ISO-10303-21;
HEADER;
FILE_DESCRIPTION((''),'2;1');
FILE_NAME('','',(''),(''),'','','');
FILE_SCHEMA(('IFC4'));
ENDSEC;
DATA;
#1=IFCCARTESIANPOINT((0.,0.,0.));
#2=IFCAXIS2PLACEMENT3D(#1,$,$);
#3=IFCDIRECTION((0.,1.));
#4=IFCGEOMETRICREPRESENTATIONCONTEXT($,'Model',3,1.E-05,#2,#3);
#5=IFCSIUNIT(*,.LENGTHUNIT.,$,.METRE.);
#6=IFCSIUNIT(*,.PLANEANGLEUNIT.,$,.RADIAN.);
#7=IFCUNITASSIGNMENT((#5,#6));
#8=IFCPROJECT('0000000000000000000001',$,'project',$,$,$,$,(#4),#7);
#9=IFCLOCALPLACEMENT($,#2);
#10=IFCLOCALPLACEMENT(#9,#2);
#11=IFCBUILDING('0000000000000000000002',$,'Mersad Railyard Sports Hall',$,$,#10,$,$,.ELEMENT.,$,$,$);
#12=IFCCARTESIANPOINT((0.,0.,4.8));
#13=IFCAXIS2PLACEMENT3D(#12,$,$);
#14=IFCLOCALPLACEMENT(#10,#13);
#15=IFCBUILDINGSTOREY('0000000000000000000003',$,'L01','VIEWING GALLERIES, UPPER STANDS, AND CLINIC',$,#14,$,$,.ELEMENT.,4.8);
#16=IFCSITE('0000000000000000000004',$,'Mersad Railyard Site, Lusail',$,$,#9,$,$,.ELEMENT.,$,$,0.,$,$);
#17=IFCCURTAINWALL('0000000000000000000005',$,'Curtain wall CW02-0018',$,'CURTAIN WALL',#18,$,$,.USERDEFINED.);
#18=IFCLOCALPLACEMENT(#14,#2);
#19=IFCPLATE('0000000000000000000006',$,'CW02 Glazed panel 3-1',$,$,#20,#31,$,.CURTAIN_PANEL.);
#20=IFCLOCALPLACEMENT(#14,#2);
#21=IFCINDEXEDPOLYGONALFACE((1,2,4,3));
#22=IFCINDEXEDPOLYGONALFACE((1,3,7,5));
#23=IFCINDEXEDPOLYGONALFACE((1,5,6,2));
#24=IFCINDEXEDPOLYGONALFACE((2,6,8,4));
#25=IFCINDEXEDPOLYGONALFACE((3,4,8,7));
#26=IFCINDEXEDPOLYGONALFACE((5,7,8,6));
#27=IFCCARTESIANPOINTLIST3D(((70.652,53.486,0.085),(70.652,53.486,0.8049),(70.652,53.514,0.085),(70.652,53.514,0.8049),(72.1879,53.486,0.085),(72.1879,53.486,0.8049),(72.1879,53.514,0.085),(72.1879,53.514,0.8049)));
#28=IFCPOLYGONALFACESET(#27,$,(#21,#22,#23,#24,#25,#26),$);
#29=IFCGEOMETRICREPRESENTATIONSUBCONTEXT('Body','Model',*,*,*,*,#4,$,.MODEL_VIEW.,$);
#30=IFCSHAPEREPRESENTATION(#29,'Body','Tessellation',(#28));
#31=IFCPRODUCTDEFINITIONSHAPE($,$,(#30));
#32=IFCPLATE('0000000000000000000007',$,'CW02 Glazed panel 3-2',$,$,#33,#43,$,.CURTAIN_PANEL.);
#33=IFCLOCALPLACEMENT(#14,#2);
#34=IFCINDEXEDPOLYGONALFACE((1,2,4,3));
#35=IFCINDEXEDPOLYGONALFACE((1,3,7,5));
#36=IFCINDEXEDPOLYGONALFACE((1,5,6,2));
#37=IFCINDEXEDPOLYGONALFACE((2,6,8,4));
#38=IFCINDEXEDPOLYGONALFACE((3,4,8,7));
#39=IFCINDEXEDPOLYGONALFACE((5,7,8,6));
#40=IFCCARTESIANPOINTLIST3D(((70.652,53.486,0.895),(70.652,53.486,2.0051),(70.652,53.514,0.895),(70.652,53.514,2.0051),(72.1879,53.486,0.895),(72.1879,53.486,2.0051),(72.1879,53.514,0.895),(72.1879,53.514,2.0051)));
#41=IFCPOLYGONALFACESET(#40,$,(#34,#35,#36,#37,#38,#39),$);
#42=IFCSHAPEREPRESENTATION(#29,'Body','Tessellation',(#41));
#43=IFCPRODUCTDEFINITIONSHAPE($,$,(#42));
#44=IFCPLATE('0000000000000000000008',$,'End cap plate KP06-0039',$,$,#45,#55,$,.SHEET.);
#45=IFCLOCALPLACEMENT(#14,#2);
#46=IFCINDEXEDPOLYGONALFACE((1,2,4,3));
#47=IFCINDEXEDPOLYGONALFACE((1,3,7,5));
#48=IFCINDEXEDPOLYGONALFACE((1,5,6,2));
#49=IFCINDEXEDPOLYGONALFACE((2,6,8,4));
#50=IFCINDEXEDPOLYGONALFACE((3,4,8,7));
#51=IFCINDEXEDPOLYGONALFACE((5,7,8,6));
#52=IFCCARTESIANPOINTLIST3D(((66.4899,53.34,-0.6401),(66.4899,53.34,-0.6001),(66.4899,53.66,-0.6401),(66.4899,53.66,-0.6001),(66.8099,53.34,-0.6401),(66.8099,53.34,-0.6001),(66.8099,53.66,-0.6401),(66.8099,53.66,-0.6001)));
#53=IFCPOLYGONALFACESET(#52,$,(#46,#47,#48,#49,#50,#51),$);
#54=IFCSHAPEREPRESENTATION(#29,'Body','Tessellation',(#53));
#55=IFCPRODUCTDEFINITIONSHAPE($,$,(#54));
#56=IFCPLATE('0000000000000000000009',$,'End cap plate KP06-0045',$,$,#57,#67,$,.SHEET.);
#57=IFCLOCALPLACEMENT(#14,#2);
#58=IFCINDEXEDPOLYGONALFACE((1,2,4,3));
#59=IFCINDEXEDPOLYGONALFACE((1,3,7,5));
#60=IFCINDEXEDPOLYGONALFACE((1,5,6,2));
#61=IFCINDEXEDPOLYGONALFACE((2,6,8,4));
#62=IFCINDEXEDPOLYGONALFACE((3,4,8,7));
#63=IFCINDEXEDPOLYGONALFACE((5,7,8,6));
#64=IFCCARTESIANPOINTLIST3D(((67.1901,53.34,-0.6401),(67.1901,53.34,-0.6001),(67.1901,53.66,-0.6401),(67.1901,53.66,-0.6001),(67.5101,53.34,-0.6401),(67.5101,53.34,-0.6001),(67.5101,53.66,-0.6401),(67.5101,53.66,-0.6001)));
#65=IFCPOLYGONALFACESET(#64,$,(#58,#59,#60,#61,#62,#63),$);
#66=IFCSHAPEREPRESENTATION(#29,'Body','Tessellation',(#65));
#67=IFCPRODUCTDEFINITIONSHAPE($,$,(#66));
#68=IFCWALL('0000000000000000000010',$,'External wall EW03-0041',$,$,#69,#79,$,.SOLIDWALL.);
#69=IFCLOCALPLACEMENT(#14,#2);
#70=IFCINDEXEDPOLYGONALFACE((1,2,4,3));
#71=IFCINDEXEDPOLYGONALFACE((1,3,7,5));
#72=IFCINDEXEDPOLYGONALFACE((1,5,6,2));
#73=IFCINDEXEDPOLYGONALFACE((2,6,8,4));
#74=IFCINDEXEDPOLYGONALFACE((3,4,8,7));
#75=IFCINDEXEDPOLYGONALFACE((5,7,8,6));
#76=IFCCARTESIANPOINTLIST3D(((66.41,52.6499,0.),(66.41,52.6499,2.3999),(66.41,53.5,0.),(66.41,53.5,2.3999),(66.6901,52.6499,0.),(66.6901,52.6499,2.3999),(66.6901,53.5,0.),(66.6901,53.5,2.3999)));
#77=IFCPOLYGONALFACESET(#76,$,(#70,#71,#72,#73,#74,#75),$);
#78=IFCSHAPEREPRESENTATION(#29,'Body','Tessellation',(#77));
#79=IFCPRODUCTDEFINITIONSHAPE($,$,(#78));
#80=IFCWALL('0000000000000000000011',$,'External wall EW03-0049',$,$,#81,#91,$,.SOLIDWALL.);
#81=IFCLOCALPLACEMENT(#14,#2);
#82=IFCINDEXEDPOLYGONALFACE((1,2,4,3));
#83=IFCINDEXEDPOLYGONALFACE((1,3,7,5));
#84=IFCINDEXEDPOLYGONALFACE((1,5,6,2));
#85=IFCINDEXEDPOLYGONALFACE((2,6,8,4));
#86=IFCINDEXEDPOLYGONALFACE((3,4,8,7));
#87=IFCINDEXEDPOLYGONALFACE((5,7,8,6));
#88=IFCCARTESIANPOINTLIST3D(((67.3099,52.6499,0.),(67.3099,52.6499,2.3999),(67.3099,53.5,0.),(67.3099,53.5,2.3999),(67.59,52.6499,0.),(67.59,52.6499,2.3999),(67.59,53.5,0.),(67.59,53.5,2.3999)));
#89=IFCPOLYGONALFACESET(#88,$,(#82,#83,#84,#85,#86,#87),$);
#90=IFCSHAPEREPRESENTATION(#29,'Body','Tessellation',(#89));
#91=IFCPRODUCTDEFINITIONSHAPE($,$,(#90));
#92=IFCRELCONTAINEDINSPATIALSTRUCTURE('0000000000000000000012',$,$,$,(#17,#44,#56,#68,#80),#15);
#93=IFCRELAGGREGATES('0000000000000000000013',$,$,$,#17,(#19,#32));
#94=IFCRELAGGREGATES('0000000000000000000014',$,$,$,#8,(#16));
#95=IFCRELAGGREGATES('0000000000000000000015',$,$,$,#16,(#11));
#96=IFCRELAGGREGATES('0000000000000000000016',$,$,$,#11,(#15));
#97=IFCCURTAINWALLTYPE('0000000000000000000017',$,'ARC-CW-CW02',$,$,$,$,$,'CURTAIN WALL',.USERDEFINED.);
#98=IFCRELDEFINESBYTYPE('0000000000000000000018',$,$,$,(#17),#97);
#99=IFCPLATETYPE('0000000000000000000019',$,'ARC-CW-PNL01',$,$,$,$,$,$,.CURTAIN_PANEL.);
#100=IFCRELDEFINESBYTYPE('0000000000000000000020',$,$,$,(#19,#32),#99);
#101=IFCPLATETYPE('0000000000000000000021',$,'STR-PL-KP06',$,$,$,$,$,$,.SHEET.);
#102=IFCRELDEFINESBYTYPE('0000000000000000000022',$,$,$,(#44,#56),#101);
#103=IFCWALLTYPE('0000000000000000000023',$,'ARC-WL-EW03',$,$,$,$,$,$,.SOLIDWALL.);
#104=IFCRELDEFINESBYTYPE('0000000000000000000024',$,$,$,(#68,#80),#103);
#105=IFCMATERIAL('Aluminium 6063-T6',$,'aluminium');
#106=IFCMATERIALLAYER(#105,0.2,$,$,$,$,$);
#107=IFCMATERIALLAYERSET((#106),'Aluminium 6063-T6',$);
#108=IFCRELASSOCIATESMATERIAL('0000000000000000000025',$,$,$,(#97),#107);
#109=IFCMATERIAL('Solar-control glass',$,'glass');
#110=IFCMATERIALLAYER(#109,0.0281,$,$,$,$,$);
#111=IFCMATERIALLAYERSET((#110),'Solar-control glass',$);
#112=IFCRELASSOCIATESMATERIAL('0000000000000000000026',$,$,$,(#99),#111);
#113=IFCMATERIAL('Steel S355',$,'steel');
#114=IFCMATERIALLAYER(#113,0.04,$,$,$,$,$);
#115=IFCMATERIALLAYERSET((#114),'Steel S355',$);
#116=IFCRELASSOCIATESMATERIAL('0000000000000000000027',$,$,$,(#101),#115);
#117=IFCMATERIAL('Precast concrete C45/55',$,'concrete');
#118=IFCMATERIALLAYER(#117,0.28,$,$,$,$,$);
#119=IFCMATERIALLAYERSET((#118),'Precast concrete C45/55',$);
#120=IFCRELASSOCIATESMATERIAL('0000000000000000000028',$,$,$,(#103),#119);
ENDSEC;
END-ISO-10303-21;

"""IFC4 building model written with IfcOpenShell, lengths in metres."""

from ifc_helpers import new_model, si_unit, direction, frame, frame_2d, origin, origin_2d, place, context, subcontext, project, spatial, rectangle, extrude, material, layer, layer_set, type_object, element, aggregate, save


model = new_model("IFC4")

# Units and contexts
model_context = context("Model", 3, precision=1e-05, world=origin(), true_north=direction((0.0, 1.0)))
body_context = subcontext(model_context, "Body", "Model", "MODEL_VIEW")
ifc_project = project(units=[si_unit("LENGTHUNIT", "METRE"), si_unit("PLANEANGLEUNIT", "RADIAN")], contexts=[model_context])

# Site, building, storey
site_placement = place(None, origin())
site = spatial("IfcSite", under=ifc_project, at=site_placement, Name="Mersad Railyard Site, Lusail", CompositionType="ELEMENT", RefElevation=0.0)
building_placement = place(site_placement, origin())
building = spatial("IfcBuilding", under=site, at=building_placement, Name="Mersad Railyard Sports Hall", CompositionType="ELEMENT")
storey_placement = place(building_placement, frame((0.0, 0.0, 4.8)))
storey = spatial("IfcBuildingStorey", under=building, at=storey_placement, Name="L01", Description="VIEWING GALLERIES, UPPER STANDS, AND CLINIC", CompositionType="ELEMENT", Elevation=4.8)

# Shared definitions
ifc_material_1 = material(Name="Aluminium 6063-T6", Category="aluminium")
ifc_layer_1 = layer(ifc_material_1, 0.2)
ifc_layer_set_1 = layer_set([ifc_layer_1], Name="Aluminium 6063-T6")
curtain_wall_type = type_object("IfcCurtainWallType", Name="ARC-CW-CW02", ElementType="CURTAIN WALL", PredefinedType="USERDEFINED", material=ifc_layer_set_1)

# Curtain wall
curtain_wall_1_placement = place(storey_placement, origin())
curtain_wall_1 = element("IfcCurtainWall", 1, at=curtain_wall_1_placement, inside=storey, type_object=curtain_wall_type, Name="Curtain wall CW02-0018", ObjectType="CURTAIN WALL", PredefinedType="USERDEFINED")

# Shared definitions
ifc_material_2 = material(Name="Steel S355", Category="steel")

# Plates
ifc_material_3 = material(Name="Solar-control glass", Category="glass")
ifc_layer_2 = layer(ifc_material_3, 0.0281)
ifc_layer_set_2 = layer_set([ifc_layer_2], Name="Solar-control glass")
plate_type_1 = type_object("IfcPlateType", Name="ARC-CW-PNL01", PredefinedType="CURTAIN_PANEL", material=ifc_layer_set_2)
plate_1_placement = place(storey_placement, frame((71.4199, 53.5, 0.085), z_axis=(0.0, 0.0, 1.0), x_axis=(1.0, 0.0, 0.0)))
plate_1 = element("IfcPlate", 2, at=plate_1_placement, type_object=plate_type_1, Name="CW02 Glazed panel 3-1", PredefinedType="CURTAIN_PANEL", context=body_context, shape_type="SweptSolid", body=[
    extrude(rectangle(XDim=1.5359, YDim=0.0281, at=origin_2d()), origin(), (0.0, 0.0, 1.0), 0.72),
])
plate_2_placement = place(storey_placement, frame((71.4199, 53.5, 0.895), z_axis=(0.0, 0.0, 1.0), x_axis=(1.0, 0.0, 0.0)))
plate_2 = element("IfcPlate", 3, at=plate_2_placement, type_object=plate_type_1, Name="CW02 Glazed panel 3-2", PredefinedType="CURTAIN_PANEL", context=body_context, shape_type="SweptSolid", body=[
    extrude(rectangle(XDim=1.5359, YDim=0.0281, at=origin_2d()), origin(), (0.0, 0.0, 1.0), 1.1101),
])
aggregate(curtain_wall_1, [plate_1, plate_2])

# Plates
ifc_layer_3 = layer(ifc_material_2, 0.04)
ifc_layer_set_3 = layer_set([ifc_layer_3], Name="Steel S355")
plate_type_2 = type_object("IfcPlateType", Name="STR-PL-KP06", PredefinedType="SHEET", material=ifc_layer_set_3)
for number, where, z_axis, x_axis, name in (
    (4, (66.6499, 53.5, -0.6401), (0.0, 0.0, 1.0), (1.0, 0.0, 0.0), "End cap plate KP06-0039"),
    (5, (67.3501, 53.5, -0.6401), (0.0, 0.0, 1.0), (1.0, 0.0, 0.0), "End cap plate KP06-0045"),
):
    element("IfcPlate", number, at=place(storey_placement, frame(where, z_axis=z_axis, x_axis=x_axis)), inside=storey, type_object=plate_type_2, Name=name, PredefinedType="SHEET", context=body_context, shape_type="SweptSolid", body=[
        extrude(rectangle(XDim=0.3201, YDim=0.3201, at=origin_2d()), origin(), (0.0, 0.0, 1.0), 0.04),
    ])

# Walls
ifc_material_4 = material(Name="Precast concrete C45/55", Category="concrete")
ifc_layer_4 = layer(ifc_material_4, 0.28)
ifc_layer_set_4 = layer_set([ifc_layer_4], Name="Precast concrete C45/55")
wall_type = type_object("IfcWallType", Name="ARC-WL-EW03", PredefinedType="SOLIDWALL", material=ifc_layer_set_4)
for number, where, z_axis, x_axis, name in (
    (6, (66.55, 53.5, 0.0), (0.0, 0.0, 1.0), (0.0, -1.0, 0.0), "External wall EW03-0041"),
    (7, (67.45, 52.6499, 0.0), (0.0, 0.0, 1.0), (0.0, 1.0, 0.0), "External wall EW03-0049"),
):
    element("IfcWall", number, at=place(storey_placement, frame(where, z_axis=z_axis, x_axis=x_axis)), inside=storey, type_object=wall_type, Name=name, PredefinedType="SOLIDWALL", context=body_context, shape_type="SweptSolid", body=[
        extrude(rectangle(XDim=0.8501, YDim=0.28, at=frame_2d((0.425, 0.0))), origin(), (0.0, 0.0, 1.0), 2.3999),
    ])

save(model, "model.ifc")
